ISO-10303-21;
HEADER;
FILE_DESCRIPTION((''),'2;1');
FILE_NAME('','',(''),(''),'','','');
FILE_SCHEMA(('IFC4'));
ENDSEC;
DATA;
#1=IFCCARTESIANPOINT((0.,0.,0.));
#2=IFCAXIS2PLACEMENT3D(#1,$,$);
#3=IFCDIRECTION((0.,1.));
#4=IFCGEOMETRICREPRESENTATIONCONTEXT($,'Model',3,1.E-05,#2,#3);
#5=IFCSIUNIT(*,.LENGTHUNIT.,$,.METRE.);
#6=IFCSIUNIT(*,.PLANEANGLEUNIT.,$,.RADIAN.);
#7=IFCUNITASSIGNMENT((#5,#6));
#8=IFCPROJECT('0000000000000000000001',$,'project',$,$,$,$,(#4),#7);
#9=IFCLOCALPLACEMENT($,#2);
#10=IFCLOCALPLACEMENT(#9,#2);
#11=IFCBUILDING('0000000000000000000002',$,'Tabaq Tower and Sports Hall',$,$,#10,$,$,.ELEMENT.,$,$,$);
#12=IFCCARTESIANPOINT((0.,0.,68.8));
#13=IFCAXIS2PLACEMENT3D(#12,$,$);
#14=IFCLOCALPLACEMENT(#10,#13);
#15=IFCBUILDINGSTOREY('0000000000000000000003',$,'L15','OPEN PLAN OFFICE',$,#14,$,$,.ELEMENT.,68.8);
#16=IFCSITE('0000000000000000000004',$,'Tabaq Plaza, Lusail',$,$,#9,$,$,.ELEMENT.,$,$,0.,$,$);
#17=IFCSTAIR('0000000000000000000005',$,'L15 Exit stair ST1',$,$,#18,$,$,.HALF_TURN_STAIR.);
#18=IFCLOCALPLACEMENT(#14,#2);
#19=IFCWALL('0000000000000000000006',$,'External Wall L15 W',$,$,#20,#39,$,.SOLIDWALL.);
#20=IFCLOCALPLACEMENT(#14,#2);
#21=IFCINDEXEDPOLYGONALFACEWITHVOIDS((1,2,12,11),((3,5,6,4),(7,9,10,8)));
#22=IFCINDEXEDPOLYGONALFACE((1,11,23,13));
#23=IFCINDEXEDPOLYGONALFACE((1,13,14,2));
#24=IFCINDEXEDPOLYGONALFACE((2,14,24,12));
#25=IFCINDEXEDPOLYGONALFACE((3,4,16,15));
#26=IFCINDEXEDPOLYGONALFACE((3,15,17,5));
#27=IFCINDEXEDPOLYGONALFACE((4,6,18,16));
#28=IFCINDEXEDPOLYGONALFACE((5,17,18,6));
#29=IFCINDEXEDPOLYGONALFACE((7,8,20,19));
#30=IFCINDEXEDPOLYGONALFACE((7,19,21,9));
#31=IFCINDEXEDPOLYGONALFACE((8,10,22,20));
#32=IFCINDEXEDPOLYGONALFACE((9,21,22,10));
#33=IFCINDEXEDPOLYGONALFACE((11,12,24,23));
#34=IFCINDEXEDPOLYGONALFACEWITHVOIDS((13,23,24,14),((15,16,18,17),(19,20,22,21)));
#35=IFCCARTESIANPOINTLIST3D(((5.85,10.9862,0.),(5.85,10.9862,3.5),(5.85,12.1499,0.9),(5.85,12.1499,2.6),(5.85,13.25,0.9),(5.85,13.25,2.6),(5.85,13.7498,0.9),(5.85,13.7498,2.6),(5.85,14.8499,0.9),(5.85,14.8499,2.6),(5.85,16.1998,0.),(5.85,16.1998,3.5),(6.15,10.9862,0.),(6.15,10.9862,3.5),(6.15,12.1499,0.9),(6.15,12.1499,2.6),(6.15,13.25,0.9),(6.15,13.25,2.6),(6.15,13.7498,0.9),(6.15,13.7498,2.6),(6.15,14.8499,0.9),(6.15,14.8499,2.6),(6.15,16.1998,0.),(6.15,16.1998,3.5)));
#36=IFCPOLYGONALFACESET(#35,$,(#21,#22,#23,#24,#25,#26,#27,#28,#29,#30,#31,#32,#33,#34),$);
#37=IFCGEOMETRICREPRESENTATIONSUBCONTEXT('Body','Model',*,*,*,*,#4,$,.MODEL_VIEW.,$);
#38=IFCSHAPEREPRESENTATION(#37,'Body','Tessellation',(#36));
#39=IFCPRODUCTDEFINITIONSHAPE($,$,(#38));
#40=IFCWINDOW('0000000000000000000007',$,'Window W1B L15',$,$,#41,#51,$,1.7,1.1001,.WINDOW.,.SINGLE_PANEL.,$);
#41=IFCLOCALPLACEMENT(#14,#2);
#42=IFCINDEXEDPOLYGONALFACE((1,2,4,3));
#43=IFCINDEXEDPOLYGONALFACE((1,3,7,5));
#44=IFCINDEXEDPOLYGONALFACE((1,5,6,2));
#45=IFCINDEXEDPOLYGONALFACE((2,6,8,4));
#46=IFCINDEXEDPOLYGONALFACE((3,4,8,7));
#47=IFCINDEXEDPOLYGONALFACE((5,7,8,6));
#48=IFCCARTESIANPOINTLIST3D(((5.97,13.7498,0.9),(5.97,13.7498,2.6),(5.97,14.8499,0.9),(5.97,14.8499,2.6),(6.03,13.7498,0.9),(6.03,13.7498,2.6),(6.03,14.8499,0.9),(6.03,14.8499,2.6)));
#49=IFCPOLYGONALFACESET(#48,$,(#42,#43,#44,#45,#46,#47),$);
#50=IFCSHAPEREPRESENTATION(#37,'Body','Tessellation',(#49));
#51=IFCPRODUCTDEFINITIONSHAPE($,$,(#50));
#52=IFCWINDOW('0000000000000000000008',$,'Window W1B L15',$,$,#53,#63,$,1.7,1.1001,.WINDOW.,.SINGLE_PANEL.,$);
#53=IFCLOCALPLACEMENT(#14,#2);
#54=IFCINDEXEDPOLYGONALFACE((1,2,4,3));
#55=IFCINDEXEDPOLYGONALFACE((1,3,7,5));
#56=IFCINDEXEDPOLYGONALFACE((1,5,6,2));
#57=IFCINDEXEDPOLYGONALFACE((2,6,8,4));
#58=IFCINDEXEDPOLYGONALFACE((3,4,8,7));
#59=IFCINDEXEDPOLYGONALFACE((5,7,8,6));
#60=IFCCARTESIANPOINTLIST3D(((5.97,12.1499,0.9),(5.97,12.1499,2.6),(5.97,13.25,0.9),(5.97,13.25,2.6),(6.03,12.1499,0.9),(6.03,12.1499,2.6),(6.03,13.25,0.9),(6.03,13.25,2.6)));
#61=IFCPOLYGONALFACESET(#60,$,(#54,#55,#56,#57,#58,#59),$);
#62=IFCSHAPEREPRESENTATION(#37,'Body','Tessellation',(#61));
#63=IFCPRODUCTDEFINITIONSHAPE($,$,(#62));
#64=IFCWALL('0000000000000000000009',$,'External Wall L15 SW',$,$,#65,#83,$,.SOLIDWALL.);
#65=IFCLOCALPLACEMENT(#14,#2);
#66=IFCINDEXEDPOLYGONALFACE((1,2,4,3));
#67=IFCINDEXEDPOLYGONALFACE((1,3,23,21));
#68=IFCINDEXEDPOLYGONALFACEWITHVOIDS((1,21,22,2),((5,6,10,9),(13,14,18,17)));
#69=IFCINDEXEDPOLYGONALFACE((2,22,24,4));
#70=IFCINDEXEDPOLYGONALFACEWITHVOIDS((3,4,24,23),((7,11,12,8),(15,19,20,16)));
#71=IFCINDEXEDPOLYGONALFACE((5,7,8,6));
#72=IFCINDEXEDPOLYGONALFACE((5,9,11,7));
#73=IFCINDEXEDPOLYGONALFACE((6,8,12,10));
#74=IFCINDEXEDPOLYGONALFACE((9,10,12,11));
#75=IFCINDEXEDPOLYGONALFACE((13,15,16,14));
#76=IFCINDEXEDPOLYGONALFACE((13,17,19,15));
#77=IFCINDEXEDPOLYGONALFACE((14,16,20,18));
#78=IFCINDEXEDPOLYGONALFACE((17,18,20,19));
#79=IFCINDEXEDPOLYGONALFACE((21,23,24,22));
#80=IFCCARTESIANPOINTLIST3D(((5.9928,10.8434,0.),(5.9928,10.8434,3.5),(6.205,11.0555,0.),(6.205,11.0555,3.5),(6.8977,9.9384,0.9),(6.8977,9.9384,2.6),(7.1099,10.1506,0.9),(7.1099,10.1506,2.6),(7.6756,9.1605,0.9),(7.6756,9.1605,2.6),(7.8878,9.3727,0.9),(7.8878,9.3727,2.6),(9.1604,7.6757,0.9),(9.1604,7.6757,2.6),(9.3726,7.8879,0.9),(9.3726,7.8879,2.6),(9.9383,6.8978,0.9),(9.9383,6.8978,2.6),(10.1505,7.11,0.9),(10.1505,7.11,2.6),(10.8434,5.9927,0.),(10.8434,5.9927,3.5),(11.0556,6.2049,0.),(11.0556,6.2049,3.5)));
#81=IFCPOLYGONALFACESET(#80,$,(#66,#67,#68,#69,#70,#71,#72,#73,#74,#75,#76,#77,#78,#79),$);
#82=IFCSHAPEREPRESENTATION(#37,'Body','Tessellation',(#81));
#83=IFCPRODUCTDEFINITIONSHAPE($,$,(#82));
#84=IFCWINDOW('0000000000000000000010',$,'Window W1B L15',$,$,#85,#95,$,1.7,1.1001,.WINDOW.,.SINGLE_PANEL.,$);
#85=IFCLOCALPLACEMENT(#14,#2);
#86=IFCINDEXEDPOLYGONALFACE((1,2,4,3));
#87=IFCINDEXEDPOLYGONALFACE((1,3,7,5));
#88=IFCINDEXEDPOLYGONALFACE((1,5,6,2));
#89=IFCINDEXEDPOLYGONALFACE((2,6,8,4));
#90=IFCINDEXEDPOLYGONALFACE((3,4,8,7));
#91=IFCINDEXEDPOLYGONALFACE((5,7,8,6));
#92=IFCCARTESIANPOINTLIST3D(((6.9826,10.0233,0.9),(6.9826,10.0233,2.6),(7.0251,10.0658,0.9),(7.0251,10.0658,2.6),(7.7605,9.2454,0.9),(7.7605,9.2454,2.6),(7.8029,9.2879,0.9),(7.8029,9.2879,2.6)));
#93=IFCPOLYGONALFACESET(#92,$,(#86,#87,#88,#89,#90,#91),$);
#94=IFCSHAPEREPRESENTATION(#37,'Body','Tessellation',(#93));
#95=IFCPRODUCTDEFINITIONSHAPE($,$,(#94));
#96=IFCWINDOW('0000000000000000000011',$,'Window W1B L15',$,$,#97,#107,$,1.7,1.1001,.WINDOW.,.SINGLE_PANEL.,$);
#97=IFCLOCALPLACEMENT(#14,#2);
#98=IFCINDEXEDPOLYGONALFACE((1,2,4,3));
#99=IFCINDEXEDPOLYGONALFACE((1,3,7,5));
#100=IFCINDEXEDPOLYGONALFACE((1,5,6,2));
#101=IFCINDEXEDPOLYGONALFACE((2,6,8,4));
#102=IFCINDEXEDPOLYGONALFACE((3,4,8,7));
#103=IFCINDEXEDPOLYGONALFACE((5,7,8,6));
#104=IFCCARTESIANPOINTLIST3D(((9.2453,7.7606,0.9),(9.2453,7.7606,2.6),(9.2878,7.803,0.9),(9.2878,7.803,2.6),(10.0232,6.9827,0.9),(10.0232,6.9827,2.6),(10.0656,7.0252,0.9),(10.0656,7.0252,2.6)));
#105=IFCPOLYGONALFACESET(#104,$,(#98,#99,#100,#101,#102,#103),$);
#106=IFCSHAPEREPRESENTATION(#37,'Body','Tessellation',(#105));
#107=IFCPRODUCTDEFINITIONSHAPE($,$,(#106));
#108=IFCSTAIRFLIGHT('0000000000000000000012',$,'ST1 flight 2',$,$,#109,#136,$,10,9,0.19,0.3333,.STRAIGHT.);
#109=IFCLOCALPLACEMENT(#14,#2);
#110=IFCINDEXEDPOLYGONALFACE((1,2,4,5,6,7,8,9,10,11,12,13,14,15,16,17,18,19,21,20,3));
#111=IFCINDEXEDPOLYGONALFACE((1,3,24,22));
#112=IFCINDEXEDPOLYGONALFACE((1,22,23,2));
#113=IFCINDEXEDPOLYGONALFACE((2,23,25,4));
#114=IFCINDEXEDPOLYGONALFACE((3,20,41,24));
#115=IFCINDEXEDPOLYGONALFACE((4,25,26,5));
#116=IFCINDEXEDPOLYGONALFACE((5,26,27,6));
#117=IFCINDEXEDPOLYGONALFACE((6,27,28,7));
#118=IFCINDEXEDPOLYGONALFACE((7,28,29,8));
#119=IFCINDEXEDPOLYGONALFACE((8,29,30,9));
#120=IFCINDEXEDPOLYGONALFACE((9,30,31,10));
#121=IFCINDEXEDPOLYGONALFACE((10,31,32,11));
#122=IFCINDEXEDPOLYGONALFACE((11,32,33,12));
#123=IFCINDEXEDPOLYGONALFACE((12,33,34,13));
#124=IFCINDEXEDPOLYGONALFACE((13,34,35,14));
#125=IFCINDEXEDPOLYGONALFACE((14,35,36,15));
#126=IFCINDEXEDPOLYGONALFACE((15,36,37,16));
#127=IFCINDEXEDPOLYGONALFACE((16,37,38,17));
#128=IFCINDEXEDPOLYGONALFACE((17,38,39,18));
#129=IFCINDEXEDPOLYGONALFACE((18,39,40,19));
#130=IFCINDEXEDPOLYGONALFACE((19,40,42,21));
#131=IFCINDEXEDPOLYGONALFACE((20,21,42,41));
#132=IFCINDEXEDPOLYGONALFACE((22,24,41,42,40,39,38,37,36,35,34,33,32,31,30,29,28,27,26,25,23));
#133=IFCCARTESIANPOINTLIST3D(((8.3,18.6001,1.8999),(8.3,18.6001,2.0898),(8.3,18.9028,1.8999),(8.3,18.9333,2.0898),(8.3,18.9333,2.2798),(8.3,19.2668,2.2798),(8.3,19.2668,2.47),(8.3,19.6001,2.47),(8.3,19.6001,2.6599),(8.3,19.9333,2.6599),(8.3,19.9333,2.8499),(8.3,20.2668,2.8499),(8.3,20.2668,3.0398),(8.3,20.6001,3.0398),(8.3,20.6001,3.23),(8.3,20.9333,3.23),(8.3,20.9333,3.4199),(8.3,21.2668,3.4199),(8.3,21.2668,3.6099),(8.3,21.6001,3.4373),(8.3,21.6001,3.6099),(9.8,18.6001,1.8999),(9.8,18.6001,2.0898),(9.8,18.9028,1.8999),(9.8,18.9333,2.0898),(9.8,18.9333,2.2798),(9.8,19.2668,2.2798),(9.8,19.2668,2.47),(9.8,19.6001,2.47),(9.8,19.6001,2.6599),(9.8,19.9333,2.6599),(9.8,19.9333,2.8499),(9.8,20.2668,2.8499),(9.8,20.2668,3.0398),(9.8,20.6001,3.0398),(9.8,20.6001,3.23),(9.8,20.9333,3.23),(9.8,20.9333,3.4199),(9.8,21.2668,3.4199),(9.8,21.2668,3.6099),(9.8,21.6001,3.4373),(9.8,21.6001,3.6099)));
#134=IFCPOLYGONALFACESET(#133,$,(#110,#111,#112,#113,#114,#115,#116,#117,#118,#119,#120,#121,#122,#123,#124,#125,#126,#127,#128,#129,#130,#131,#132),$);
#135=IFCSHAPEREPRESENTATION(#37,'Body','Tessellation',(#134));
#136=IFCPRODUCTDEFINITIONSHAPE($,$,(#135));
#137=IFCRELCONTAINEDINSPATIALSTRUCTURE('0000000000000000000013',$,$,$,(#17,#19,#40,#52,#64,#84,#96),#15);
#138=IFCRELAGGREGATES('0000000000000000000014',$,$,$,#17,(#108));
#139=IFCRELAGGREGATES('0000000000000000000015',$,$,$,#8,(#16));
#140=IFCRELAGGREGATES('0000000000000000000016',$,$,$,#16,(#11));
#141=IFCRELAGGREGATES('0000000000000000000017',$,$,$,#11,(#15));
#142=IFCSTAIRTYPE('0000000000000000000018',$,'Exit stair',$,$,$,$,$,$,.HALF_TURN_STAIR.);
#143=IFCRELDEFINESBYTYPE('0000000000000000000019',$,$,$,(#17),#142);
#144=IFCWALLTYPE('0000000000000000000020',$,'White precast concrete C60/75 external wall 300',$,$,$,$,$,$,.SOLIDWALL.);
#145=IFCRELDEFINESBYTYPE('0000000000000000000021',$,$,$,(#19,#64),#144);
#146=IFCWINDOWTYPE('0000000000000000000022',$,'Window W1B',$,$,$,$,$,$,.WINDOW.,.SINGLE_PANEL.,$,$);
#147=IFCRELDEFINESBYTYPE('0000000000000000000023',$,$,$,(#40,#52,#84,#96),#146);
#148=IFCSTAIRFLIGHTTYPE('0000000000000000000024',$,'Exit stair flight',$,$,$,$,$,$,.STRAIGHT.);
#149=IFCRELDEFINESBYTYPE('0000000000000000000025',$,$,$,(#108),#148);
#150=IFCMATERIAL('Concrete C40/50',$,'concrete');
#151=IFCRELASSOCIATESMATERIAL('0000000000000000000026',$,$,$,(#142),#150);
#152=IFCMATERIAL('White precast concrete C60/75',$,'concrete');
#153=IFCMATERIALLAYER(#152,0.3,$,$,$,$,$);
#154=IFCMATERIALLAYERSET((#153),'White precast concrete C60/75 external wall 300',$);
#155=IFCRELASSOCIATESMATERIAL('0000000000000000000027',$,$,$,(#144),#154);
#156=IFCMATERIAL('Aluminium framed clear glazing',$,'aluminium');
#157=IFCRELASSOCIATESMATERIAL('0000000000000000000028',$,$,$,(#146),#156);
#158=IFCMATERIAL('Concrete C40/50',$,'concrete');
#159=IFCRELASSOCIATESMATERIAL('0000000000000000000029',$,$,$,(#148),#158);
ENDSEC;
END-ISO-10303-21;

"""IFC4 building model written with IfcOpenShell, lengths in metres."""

from ifc_helpers import new_model, si_unit, direction, frame, frame_2d, origin, place, context, subcontext, project, spatial, polyline, rectangle, outline, extrude, material, layer, layer_set, type_object, element, fill, aggregate, save


model = new_model("IFC4")

# Units and contexts
model_context = context("Model", 3, precision=1e-05, world=origin(), true_north=direction((0.0, 1.0)))
body_context = subcontext(model_context, "Body", "Model", "MODEL_VIEW")
ifc_project = project(units=[si_unit("LENGTHUNIT", "METRE"), si_unit("PLANEANGLEUNIT", "RADIAN")], contexts=[model_context])

# Site, building, storey
site_placement = place(None, origin())
site = spatial("IfcSite", under=ifc_project, at=site_placement, Name="Tabaq Plaza, Lusail", CompositionType="ELEMENT", RefElevation=0.0)
building_placement = place(site_placement, origin())
building = spatial("IfcBuilding", under=site, at=building_placement, Name="Tabaq Tower and Sports Hall", CompositionType="ELEMENT")
storey_placement = place(building_placement, frame((0.0, 0.0, 68.8)))
storey = spatial("IfcBuildingStorey", under=building, at=storey_placement, Name="L15", Description="OPEN PLAN OFFICE", CompositionType="ELEMENT", Elevation=68.8)

# Stair
ifc_material_1 = material(Name="Concrete C40/50", Category="concrete")
stair_type = type_object("IfcStairType", Name="Exit stair", PredefinedType="HALF_TURN_STAIR", material=ifc_material_1)
stair_1_placement = place(storey_placement, origin())
stair_1 = element("IfcStair", 1, at=stair_1_placement, inside=storey, type_object=stair_type, Name="L15 Exit stair ST1", PredefinedType="HALF_TURN_STAIR")

# Walls, openings, windows
ifc_material_2 = material(Name="White precast concrete C60/75", Category="concrete")
ifc_layer_1 = layer(ifc_material_2, 0.3)
ifc_layer_set_1 = layer_set([ifc_layer_1], Name="White precast concrete C60/75 external wall 300")
wall_type_1 = type_object("IfcWallType", Name="White precast concrete C60/75 external wall 300", PredefinedType="SOLIDWALL", material=ifc_layer_set_1)
wall_1_placement = place(storey_placement, frame((6.0, 16.2, 0.0), z_axis=(0.0, 0.0, 1.0), x_axis=(0.0, -1.0, 0.0)))
wall_1 = element("IfcWall", 2, at=wall_1_placement, inside=storey, type_object=wall_type_1, Name="External Wall L15 W", PredefinedType="SOLIDWALL", context=body_context, shape_type="SweptSolid", body=[
    extrude(rectangle(XDim=5.2136, YDim=0.3, at=frame_2d((2.6069, 0.0))), origin(), (0.0, 0.0, 1.0), 3.5),
])
opening_1_placement = place(wall_1_placement, frame((1.3501, 0.0, 0.8999)))
opening_1 = element("IfcOpeningElement", 3, at=opening_1_placement, cuts=wall_1, PredefinedType="OPENING", context=body_context, shape_type="SweptSolid", body=[
    extrude(rectangle(XDim=1.1001, YDim=1.7, at=frame_2d((0.55, 0.8501))), frame((0.0, 0.1602, 0.0), z_axis=(0.0, -1.0, 0.0), x_axis=(1.0, 0.0, 0.0)), (0.0, 0.0, 1.0), 0.3201),
])
opening_2_placement = place(wall_1_placement, frame((2.95, 0.0, 0.8999)))
opening_2 = element("IfcOpeningElement", 4, at=opening_2_placement, cuts=wall_1, PredefinedType="OPENING", context=body_context, shape_type="SweptSolid", body=[
    extrude(rectangle(XDim=1.1001, YDim=1.7, at=frame_2d((0.55, 0.8501))), frame((0.0, 0.1602, 0.0), z_axis=(0.0, -1.0, 0.0), x_axis=(1.0, 0.0, 0.0)), (0.0, 0.0, 1.0), 0.3201),
])
ifc_material_3 = material(Name="Aluminium framed clear glazing", Category="aluminium")
window_type = type_object("IfcWindowType", Name="Window W1B", PartitioningType="SINGLE_PANEL", PredefinedType="WINDOW", material=ifc_material_3)
window_1_placement = place(opening_1_placement, origin())
window_1 = element("IfcWindow", 5, at=window_1_placement, inside=storey, type_object=window_type, Name="Window W1B L15", OverallHeight=1.7, OverallWidth=1.1001, PartitioningType="SINGLE_PANEL", PredefinedType="WINDOW", context=body_context, shape_type="SweptSolid", body=[
    extrude(rectangle(XDim=1.1001, YDim=1.7, at=frame_2d((0.55, 0.8501))), frame((0.0, 0.03, 0.0), z_axis=(0.0, -1.0, 0.0), x_axis=(1.0, 0.0, 0.0)), (0.0, 0.0, 1.0), 0.0601),
])
fill(opening_1, window_1)
window_2_placement = place(opening_2_placement, origin())
window_2 = element("IfcWindow", 6, at=window_2_placement, inside=storey, type_object=window_type, Name="Window W1B L15", OverallHeight=1.7, OverallWidth=1.1001, PartitioningType="SINGLE_PANEL", PredefinedType="WINDOW", context=body_context, shape_type="SweptSolid", body=[
    extrude(rectangle(XDim=1.1001, YDim=1.7, at=frame_2d((0.55, 0.8501))), frame((0.0, 0.03, 0.0), z_axis=(0.0, -1.0, 0.0), x_axis=(1.0, 0.0, 0.0)), (0.0, 0.0, 1.0), 0.0601),
])
fill(opening_2, window_2)
wall_2_placement = place(storey_placement, frame((6.0989, 10.9495, 0.0), z_axis=(0.0, 0.0, 1.0), x_axis=(0.707107, -0.707107, 0.0)))
wall_2 = element("IfcWall", 7, at=wall_2_placement, inside=storey, type_object=wall_type_1, Name="External Wall L15 SW", PredefinedType="SOLIDWALL", context=body_context, shape_type="SweptSolid", body=[
    extrude(rectangle(XDim=6.8599, YDim=0.3, at=frame_2d((3.4299, 0.0))), origin(), (0.0, 0.0, 1.0), 3.5),
])
opening_3_placement = place(wall_2_placement, frame((1.2798, 0.0, 0.8999)))
opening_3 = element("IfcOpeningElement", 8, at=opening_3_placement, cuts=wall_2, PredefinedType="OPENING", context=body_context, shape_type="SweptSolid", body=[
    extrude(rectangle(XDim=1.1001, YDim=1.7, at=frame_2d((0.55, 0.8501))), frame((0.0, 0.1602, 0.0), z_axis=(0.0, -1.0, 0.0), x_axis=(1.0, 0.0, 0.0)), (0.0, 0.0, 1.0), 0.3201),
])
opening_4_placement = place(wall_2_placement, frame((4.4797, 0.0, 0.8999)))
opening_4 = element("IfcOpeningElement", 9, at=opening_4_placement, cuts=wall_2, PredefinedType="OPENING", context=body_context, shape_type="SweptSolid", body=[
    extrude(rectangle(XDim=1.1001, YDim=1.7, at=frame_2d((0.55, 0.8501))), frame((0.0, 0.1602, 0.0), z_axis=(0.0, -1.0, 0.0), x_axis=(1.0, 0.0, 0.0)), (0.0, 0.0, 1.0), 0.3201),
])
window_3_placement = place(opening_3_placement, origin())
window_3 = element("IfcWindow", 10, at=window_3_placement, inside=storey, type_object=window_type, Name="Window W1B L15", OverallHeight=1.7, OverallWidth=1.1001, PartitioningType="SINGLE_PANEL", PredefinedType="WINDOW", context=body_context, shape_type="SweptSolid", body=[
    extrude(rectangle(XDim=1.1001, YDim=1.7, at=frame_2d((0.55, 0.8501))), frame((0.0, 0.03, 0.0), z_axis=(0.0, -1.0, 0.0), x_axis=(1.0, 0.0, 0.0)), (0.0, 0.0, 1.0), 0.0601),
])
fill(opening_3, window_3)
window_4_placement = place(opening_4_placement, origin())
window_4 = element("IfcWindow", 11, at=window_4_placement, inside=storey, type_object=window_type, Name="Window W1B L15", OverallHeight=1.7, OverallWidth=1.1001, PartitioningType="SINGLE_PANEL", PredefinedType="WINDOW", context=body_context, shape_type="SweptSolid", body=[
    extrude(rectangle(XDim=1.1001, YDim=1.7, at=frame_2d((0.55, 0.8501))), frame((0.0, 0.03, 0.0), z_axis=(0.0, -1.0, 0.0), x_axis=(1.0, 0.0, 0.0)), (0.0, 0.0, 1.0), 0.0601),
])
fill(opening_4, window_4)

# Stair flight
ifc_material_4 = material(Name="Concrete C40/50", Category="concrete")
stair_flight_type = type_object("IfcStairFlightType", Name="Exit stair flight", PredefinedType="STRAIGHT", material=ifc_material_4)
stair_flight_placement = place(storey_placement, frame((9.05, 18.6001, 1.8999), z_axis=(0.0, 0.0, 1.0), x_axis=(0.0, 1.0, 0.0)))
stair_flight = element("IfcStairFlight", 12, at=stair_flight_placement, type_object=stair_flight_type, Name="ST1 flight 2", NumberOfRisers=10, NumberOfTreads=9, PredefinedType="STRAIGHT", RiserHeight=0.19, TreadLength=0.3333, context=body_context, shape_type="SweptSolid", body=[
    extrude(outline(polyline([(0.0, 0.0), (0.0, 0.1899), (0.3333, 0.1899), (0.3333, 0.3799), (0.6667, 0.3799), (0.6667, 0.5701), (1.0, 0.5701), (1.0, 0.76), (1.3333, 0.76), (1.3333, 0.95), (1.6667, 0.95), (1.6667, 1.1399), (2.0, 1.1399), (2.0, 1.3301), (2.3333, 1.3301), (2.3333, 1.52), (2.6667, 1.52), (2.6667, 1.71), (3.0, 1.71), (3.0, 1.8999), (3.0, 1.5374), (0.3027, 0.0), (0.0, 0.0)])), frame((0.0, 0.75, 0.0), z_axis=(0.0, -1.0, 0.0), x_axis=(1.0, 0.0, 0.0)), (0.0, 0.0, 1.0), 1.5),
])
aggregate(stair_1, [stair_flight])

save(model, "model.ifc")
